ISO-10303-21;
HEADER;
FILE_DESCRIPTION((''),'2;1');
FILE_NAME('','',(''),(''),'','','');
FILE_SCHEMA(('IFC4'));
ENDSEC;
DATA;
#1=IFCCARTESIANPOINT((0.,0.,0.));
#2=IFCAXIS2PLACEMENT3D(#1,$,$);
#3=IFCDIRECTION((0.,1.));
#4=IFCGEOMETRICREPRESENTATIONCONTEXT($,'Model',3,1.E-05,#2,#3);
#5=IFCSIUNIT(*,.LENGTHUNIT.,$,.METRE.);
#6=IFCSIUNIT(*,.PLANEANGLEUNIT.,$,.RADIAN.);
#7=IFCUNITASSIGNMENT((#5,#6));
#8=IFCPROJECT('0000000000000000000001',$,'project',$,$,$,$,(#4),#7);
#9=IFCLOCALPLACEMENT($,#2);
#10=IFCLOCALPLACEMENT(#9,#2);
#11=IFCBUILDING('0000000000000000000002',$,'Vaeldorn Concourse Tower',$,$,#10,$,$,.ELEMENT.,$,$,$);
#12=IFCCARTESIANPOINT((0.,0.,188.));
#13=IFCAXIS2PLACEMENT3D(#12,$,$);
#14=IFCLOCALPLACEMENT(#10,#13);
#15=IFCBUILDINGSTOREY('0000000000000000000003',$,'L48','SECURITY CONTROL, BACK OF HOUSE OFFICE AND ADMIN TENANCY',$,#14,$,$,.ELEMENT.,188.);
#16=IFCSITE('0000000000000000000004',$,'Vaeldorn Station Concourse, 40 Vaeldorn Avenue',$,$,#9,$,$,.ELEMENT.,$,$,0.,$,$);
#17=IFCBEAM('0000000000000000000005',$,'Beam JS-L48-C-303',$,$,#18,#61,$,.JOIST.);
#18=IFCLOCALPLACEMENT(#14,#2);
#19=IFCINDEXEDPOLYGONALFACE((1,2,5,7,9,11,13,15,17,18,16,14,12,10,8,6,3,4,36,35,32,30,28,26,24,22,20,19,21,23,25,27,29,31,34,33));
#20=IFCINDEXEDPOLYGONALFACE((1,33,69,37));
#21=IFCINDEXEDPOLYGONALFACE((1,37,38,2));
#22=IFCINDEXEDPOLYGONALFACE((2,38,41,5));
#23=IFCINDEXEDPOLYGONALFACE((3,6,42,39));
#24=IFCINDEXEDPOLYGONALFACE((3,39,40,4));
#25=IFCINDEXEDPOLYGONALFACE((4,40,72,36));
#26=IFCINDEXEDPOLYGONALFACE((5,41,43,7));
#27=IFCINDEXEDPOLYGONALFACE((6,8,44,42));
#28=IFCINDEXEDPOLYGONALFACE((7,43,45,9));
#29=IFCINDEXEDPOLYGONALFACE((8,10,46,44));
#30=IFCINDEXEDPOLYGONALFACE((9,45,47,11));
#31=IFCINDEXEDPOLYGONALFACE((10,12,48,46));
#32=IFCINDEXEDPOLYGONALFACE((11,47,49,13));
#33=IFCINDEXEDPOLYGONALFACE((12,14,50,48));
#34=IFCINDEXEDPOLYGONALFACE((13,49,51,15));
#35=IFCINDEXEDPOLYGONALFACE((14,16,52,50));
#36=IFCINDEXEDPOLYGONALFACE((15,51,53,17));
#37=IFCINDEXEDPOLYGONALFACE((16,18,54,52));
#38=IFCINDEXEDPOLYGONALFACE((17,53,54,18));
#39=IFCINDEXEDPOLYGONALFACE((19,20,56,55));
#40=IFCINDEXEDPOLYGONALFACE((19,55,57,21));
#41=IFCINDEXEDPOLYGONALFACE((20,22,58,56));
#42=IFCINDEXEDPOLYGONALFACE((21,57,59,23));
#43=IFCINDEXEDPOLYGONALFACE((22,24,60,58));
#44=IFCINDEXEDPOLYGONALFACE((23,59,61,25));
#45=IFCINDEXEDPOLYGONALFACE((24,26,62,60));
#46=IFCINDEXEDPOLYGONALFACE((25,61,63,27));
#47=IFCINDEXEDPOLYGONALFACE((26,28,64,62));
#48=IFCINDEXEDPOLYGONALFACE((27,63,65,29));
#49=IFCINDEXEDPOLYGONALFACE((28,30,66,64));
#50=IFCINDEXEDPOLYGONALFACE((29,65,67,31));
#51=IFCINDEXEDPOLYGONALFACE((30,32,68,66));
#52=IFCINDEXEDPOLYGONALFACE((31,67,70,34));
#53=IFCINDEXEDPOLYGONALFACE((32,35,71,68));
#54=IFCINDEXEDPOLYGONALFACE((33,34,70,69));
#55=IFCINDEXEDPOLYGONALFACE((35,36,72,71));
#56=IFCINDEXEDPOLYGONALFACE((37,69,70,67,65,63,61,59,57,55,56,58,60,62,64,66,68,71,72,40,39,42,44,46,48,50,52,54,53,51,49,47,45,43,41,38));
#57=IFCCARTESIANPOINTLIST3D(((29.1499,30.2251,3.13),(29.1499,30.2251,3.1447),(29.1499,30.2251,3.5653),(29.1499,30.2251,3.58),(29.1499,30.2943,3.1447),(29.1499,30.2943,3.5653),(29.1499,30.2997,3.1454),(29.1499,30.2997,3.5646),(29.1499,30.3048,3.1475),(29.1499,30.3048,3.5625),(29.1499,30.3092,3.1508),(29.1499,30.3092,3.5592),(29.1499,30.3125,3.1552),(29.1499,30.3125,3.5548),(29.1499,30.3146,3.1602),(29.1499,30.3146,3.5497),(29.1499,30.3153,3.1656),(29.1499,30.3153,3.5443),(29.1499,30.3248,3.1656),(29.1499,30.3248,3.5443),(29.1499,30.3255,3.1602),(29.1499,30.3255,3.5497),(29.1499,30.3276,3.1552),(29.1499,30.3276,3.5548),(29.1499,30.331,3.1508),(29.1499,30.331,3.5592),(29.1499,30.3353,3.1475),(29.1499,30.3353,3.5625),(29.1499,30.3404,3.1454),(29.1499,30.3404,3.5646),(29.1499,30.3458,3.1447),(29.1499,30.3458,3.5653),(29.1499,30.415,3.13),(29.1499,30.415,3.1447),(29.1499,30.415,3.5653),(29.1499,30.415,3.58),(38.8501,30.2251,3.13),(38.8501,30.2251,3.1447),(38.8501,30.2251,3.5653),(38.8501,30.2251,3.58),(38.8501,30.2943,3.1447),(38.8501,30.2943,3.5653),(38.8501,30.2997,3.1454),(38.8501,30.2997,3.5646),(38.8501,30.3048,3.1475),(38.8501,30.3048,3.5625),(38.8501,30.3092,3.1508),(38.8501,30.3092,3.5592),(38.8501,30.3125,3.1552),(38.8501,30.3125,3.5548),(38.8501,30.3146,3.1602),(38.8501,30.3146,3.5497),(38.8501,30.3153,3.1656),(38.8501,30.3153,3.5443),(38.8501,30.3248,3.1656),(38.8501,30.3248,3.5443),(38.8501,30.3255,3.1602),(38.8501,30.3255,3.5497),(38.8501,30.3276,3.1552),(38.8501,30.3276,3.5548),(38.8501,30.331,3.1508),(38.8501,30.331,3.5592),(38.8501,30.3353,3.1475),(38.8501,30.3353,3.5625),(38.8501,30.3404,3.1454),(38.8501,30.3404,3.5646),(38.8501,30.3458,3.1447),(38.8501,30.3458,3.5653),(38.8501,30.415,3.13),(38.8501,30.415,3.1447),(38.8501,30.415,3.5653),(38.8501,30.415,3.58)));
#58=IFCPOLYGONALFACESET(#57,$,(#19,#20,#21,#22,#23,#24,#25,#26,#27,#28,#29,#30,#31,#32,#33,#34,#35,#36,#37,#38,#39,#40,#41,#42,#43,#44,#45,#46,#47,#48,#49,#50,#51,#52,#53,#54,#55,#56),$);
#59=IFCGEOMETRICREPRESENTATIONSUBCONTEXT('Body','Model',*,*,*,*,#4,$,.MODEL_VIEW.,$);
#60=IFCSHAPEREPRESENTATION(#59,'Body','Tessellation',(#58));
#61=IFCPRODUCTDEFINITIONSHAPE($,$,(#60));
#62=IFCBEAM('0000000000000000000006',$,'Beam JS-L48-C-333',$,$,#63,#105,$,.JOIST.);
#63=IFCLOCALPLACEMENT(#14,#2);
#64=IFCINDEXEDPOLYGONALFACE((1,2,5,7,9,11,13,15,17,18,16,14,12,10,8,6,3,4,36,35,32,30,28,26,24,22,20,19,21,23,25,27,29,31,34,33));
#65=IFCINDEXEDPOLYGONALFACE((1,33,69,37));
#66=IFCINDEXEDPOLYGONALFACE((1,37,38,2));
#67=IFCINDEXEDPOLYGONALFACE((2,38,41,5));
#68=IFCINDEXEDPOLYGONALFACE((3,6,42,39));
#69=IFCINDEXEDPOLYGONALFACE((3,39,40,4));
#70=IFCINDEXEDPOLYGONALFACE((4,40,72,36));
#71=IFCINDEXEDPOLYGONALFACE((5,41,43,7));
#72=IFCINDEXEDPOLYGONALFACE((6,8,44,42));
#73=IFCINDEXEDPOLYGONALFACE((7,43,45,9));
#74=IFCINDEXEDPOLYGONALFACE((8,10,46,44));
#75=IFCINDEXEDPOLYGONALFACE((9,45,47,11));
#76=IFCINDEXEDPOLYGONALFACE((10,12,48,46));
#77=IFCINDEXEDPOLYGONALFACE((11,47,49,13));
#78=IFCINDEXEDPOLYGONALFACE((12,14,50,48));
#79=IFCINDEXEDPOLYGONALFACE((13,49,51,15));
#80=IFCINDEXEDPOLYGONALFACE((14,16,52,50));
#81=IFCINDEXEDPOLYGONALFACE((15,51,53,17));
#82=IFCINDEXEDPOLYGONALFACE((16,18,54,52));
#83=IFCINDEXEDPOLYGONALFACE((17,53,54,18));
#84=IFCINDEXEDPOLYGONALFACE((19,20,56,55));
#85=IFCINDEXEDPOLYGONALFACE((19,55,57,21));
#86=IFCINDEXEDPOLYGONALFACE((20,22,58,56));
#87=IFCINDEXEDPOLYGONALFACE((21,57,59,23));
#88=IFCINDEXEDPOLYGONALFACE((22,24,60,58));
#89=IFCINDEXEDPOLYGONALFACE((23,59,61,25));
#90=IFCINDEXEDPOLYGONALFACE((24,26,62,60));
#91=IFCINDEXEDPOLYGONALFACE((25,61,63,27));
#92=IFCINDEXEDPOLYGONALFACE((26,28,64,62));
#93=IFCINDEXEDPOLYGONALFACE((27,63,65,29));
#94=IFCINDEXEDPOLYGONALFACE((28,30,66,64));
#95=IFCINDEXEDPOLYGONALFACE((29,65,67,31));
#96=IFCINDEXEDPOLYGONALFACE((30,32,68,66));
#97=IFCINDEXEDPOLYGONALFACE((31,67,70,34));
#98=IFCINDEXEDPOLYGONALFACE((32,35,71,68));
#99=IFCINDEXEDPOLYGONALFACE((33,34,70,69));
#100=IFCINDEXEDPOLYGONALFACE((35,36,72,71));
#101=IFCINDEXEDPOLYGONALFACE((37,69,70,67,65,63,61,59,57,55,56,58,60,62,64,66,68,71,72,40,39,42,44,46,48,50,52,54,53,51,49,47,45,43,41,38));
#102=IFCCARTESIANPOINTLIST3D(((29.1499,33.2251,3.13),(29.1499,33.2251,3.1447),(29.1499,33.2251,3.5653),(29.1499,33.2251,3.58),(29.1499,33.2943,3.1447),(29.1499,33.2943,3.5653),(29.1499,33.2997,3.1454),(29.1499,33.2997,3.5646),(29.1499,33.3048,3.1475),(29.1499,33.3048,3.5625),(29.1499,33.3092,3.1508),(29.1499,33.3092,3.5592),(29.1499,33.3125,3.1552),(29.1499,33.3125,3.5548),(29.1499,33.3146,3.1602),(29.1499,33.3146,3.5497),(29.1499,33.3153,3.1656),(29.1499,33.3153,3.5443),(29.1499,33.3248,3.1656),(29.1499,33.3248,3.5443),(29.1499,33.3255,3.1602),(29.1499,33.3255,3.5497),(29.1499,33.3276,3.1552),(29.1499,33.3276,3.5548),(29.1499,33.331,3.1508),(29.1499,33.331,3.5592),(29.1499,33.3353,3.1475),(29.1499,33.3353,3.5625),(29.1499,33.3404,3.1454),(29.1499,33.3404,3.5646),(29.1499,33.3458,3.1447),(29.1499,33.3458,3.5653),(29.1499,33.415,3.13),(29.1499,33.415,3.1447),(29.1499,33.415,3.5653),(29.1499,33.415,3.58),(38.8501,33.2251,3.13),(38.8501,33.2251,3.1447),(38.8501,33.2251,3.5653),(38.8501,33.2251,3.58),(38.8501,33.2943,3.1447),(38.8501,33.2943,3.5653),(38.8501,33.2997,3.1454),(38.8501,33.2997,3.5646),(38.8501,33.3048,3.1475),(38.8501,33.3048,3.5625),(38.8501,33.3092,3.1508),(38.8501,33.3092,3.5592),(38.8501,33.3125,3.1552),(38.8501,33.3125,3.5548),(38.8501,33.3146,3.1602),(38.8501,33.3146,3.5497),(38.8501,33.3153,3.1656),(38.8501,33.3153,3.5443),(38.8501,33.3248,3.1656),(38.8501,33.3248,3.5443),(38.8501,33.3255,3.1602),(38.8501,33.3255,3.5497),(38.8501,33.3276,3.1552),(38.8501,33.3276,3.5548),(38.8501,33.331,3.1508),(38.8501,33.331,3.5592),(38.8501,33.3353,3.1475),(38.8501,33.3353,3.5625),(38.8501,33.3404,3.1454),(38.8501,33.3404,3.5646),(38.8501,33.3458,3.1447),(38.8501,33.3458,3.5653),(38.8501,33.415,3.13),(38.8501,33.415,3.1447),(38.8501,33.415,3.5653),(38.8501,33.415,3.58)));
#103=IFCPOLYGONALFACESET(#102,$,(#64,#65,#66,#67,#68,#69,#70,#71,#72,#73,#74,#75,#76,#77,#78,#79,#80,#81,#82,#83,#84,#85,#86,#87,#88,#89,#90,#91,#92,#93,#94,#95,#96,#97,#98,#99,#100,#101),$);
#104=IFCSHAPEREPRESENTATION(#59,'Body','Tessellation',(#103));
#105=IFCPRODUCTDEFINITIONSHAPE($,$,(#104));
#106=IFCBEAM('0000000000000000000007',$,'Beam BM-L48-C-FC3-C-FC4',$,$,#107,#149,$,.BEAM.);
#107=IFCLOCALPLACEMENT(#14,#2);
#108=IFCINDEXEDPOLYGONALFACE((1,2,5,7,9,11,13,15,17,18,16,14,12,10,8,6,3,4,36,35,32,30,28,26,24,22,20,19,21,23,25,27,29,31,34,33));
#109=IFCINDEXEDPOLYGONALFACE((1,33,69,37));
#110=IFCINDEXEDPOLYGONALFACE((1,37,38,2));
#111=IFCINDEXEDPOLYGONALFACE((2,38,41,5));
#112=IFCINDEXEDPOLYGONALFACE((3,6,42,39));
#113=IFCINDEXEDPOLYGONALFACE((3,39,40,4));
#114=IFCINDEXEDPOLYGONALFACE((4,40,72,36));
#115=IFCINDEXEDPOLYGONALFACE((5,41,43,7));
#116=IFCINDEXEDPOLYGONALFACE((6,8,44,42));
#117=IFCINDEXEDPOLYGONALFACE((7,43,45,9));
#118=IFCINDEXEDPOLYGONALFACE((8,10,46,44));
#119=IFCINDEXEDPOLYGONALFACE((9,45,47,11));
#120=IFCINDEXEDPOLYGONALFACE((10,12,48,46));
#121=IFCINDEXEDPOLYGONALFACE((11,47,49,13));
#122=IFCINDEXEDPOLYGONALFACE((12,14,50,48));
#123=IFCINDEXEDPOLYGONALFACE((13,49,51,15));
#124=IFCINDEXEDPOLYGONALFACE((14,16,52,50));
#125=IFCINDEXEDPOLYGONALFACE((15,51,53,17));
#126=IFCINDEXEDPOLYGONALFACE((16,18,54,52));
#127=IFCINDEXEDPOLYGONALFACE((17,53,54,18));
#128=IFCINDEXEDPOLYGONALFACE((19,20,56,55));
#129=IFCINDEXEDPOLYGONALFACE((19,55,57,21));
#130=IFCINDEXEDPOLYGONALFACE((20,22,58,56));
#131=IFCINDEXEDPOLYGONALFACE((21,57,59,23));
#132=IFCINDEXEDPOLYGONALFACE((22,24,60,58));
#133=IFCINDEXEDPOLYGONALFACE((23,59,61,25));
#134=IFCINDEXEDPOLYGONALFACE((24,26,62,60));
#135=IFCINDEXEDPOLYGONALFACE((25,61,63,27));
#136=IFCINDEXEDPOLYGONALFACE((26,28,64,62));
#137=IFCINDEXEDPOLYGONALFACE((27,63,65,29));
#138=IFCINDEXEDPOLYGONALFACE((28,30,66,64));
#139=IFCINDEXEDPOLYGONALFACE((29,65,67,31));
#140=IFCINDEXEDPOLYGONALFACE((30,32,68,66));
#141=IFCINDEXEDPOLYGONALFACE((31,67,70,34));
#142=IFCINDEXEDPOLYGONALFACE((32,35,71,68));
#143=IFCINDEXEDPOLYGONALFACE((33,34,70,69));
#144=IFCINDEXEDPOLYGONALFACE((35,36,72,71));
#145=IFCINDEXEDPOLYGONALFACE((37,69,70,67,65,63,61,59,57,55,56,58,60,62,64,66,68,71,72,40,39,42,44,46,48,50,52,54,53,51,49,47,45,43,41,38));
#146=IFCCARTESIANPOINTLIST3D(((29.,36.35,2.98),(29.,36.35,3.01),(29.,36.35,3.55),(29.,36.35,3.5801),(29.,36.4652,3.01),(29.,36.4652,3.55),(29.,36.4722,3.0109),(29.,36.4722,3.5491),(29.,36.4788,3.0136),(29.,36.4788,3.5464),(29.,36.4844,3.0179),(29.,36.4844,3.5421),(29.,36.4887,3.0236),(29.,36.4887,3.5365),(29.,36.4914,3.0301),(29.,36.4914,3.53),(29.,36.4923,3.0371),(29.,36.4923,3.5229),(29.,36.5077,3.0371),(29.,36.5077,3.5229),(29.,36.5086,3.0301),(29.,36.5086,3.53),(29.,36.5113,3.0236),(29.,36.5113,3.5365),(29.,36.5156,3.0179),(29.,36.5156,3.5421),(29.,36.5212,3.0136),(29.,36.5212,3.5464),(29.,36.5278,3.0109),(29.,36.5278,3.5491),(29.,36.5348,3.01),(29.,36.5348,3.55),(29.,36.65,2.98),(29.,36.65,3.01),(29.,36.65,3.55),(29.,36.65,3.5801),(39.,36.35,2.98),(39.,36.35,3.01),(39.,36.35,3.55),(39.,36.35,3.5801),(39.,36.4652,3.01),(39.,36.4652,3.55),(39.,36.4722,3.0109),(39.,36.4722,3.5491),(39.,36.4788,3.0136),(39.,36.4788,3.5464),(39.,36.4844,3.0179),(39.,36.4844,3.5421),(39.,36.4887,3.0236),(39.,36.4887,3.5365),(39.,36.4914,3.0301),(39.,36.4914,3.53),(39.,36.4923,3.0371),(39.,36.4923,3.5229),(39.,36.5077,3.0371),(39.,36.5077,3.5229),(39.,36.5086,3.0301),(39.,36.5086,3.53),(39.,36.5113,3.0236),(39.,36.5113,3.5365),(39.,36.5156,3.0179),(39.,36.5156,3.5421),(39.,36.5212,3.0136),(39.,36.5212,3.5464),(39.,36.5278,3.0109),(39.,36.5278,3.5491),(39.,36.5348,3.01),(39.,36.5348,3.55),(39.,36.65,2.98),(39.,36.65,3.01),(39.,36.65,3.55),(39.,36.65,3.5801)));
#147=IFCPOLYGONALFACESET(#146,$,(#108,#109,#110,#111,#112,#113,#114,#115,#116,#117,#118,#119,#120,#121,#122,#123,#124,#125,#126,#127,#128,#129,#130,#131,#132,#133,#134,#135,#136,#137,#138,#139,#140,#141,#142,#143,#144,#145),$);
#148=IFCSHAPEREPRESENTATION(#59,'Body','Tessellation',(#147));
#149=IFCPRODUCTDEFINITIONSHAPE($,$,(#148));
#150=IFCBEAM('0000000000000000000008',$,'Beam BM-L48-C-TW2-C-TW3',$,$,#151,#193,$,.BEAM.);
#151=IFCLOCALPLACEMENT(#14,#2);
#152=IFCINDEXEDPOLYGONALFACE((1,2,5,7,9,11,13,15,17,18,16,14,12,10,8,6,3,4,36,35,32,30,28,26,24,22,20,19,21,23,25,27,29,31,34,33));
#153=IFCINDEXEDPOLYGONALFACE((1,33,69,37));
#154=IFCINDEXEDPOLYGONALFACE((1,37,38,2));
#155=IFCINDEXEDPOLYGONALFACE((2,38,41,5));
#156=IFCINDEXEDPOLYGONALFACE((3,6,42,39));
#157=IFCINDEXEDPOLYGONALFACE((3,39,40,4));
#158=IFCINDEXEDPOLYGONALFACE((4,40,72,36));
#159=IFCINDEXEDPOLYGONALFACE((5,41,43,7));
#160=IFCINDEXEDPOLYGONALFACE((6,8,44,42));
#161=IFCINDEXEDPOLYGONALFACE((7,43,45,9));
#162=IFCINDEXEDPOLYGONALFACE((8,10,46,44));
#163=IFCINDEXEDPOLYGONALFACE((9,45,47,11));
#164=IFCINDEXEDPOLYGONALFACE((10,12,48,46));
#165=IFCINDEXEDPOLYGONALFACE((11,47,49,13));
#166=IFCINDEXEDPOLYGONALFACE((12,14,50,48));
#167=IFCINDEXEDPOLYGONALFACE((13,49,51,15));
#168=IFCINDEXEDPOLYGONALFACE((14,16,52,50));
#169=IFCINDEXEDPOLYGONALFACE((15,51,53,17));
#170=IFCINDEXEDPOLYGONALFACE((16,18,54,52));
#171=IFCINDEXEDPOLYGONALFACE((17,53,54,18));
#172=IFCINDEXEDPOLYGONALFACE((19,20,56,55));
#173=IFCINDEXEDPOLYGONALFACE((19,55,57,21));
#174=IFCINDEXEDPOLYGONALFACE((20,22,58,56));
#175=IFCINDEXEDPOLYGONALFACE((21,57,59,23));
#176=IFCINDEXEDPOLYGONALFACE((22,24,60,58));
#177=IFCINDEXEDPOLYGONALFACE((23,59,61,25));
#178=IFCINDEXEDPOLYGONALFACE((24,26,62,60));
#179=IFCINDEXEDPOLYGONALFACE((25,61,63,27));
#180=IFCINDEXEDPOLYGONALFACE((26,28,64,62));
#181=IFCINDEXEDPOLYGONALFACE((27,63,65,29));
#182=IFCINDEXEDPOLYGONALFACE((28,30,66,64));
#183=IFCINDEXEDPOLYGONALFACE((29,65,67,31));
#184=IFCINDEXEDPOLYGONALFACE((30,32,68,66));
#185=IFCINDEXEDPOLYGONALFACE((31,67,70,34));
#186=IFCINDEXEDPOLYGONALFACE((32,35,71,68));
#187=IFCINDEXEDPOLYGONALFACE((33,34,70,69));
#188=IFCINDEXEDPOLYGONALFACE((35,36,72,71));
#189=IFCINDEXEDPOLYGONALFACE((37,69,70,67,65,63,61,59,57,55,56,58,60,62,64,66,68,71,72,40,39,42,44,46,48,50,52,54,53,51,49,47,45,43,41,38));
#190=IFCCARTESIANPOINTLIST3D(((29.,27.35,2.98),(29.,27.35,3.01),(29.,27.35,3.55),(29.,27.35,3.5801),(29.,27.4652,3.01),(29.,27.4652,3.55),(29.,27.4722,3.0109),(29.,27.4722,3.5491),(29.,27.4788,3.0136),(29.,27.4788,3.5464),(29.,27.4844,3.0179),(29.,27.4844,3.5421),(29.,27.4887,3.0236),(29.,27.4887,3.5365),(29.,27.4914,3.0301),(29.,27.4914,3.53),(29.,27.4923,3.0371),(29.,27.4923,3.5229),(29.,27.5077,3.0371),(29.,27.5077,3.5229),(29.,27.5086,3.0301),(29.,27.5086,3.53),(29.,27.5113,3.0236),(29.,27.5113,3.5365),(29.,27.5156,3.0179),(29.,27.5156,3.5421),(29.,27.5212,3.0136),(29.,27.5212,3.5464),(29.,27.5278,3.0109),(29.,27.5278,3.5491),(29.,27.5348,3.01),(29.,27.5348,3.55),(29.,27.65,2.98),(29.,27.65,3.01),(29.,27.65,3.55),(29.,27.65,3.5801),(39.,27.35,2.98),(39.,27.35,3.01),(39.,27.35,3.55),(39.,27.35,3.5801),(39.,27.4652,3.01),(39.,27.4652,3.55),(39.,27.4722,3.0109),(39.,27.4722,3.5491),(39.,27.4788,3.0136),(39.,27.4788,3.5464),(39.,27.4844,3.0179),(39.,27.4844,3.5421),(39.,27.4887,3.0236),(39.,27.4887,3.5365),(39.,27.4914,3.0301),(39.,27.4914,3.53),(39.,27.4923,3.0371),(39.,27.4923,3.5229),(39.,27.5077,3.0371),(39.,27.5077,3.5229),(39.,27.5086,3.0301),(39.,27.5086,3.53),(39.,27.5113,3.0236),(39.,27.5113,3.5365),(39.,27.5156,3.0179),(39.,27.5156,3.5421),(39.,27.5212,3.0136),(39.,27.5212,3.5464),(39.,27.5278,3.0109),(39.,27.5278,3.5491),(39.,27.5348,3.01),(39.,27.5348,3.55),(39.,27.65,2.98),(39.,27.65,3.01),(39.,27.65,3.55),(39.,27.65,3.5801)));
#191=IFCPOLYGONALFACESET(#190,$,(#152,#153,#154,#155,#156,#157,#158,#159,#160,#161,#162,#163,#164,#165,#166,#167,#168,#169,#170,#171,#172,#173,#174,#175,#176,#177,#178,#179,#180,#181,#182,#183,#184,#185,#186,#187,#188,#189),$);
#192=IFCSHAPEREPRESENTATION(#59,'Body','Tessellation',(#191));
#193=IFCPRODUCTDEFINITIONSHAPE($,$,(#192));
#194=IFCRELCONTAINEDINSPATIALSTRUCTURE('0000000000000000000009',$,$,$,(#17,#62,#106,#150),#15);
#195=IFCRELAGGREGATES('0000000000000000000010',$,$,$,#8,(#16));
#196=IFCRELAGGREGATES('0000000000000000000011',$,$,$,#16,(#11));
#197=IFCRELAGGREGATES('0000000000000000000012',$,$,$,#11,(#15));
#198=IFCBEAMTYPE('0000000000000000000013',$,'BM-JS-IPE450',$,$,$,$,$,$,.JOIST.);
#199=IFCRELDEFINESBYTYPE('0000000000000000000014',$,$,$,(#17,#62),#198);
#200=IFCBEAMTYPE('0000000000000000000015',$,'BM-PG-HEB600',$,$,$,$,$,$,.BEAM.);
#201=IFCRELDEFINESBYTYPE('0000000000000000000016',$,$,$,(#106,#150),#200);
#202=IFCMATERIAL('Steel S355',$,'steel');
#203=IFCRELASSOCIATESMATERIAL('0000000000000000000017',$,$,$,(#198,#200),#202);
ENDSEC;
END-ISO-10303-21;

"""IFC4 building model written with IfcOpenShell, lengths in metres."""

from ifc_helpers import new_model, si_unit, direction, frame, origin, origin_2d, place, context, subcontext, project, spatial, i_section, extrude, source, transform, mapped, material, material_profile, profile_set, type_object, element, save


model = new_model("IFC4")

# Units and contexts
model_context = context("Model", 3, precision=1e-05, world=origin(), true_north=direction((0.0, 1.0)))
body_context = subcontext(model_context, "Body", "Model", "MODEL_VIEW")
ifc_project = project(units=[si_unit("LENGTHUNIT", "METRE"), si_unit("PLANEANGLEUNIT", "RADIAN")], contexts=[model_context])

# Site, building, storey
site_placement = place(None, origin())
site = spatial("IfcSite", under=ifc_project, at=site_placement, Name="Vaeldorn Station Concourse, 40 Vaeldorn Avenue", CompositionType="ELEMENT", RefElevation=0.0)
building_placement = place(site_placement, origin())
building = spatial("IfcBuilding", under=site, at=building_placement, Name="Vaeldorn Concourse Tower", CompositionType="ELEMENT")
storey_placement = place(building_placement, frame((0.0, 0.0, 188.0)))
storey = spatial("IfcBuildingStorey", under=building, at=storey_placement, Name="L48", Description="SECURITY CONTROL, BACK OF HOUSE OFFICE AND ADMIN TENANCY", CompositionType="ELEMENT", Elevation=188.0)

# Shared definitions
ifc_material_1 = material(Name="Steel S355", Category="steel")

# Beams
ifc_material_profile_1 = material_profile(ifc_material_1, i_section(OverallWidth=0.1899, OverallDepth=0.45, WebThickness=0.0095, FlangeThickness=0.0146, FilletRadius=0.021, at=origin_2d()), Name="IPE 450")
ifc_profile_set_1 = profile_set([ifc_material_profile_1], Name="Steel S355")
beam_type_1 = type_object("IfcBeamType", Name="BM-JS-IPE450", PredefinedType="JOIST", material=ifc_profile_set_1)
shared_shape_1 = source(origin(), body_context, "Body", "SweptSolid", [
    extrude(i_section(OverallWidth=0.1899, OverallDepth=0.45, WebThickness=0.0095, FlangeThickness=0.0146, FilletRadius=0.021, at=origin_2d()), origin(), (0.0, 0.0, 1.0), 9.7002),
])
for number, where, z_axis, x_axis, name in (
    (1, (29.1499, 30.3201, 3.355), (1.0, 0.0, 0.0), (0.0, 1.0, 0.0), "Beam JS-L48-C-303"),
    (2, (29.1499, 33.3201, 3.355), (1.0, 0.0, 0.0), (0.0, 1.0, 0.0), "Beam JS-L48-C-333"),
):
    element("IfcBeam", number, at=place(storey_placement, frame(where, z_axis=z_axis, x_axis=x_axis)), inside=storey, type_object=beam_type_1, Name=name, PredefinedType="JOIST", context=body_context, shape_type="MappedRepresentation", body=[
        mapped(shared_shape_1, transform((0.0, 0.0, 0.0), scale=1.0)),
    ])
ifc_material_profile_2 = material_profile(ifc_material_1, i_section(OverallWidth=0.3, OverallDepth=0.6001, WebThickness=0.0154, FlangeThickness=0.03, FilletRadius=0.0271, at=origin_2d()), Name="HEB 600")
ifc_profile_set_2 = profile_set([ifc_material_profile_2], Name="Steel S355")
beam_type_2 = type_object("IfcBeamType", Name="BM-PG-HEB600", PredefinedType="BEAM", material=ifc_profile_set_2)
shared_shape_2 = source(origin(), body_context, "Body", "SweptSolid", [
    extrude(i_section(OverallWidth=0.3, OverallDepth=0.6001, WebThickness=0.0154, FlangeThickness=0.03, FilletRadius=0.0271, at=origin_2d()), origin(), (0.0, 0.0, 1.0), 10.0),
])
for number, where, z_axis, x_axis, name in (
    (3, (29.0, 36.5, 3.28), (1.0, 0.0, 0.0), (0.0, 1.0, 0.0), "Beam BM-L48-C-FC3-C-FC4"),
    (4, (29.0, 27.5, 3.28), (1.0, 0.0, 0.0), (0.0, 1.0, 0.0), "Beam BM-L48-C-TW2-C-TW3"),
):
    element("IfcBeam", number, at=place(storey_placement, frame(where, z_axis=z_axis, x_axis=x_axis)), inside=storey, type_object=beam_type_2, Name=name, PredefinedType="BEAM", context=body_context, shape_type="MappedRepresentation", body=[
        mapped(shared_shape_2, transform((0.0, 0.0, 0.0), scale=1.0)),
    ])

save(model, "model.ifc")
